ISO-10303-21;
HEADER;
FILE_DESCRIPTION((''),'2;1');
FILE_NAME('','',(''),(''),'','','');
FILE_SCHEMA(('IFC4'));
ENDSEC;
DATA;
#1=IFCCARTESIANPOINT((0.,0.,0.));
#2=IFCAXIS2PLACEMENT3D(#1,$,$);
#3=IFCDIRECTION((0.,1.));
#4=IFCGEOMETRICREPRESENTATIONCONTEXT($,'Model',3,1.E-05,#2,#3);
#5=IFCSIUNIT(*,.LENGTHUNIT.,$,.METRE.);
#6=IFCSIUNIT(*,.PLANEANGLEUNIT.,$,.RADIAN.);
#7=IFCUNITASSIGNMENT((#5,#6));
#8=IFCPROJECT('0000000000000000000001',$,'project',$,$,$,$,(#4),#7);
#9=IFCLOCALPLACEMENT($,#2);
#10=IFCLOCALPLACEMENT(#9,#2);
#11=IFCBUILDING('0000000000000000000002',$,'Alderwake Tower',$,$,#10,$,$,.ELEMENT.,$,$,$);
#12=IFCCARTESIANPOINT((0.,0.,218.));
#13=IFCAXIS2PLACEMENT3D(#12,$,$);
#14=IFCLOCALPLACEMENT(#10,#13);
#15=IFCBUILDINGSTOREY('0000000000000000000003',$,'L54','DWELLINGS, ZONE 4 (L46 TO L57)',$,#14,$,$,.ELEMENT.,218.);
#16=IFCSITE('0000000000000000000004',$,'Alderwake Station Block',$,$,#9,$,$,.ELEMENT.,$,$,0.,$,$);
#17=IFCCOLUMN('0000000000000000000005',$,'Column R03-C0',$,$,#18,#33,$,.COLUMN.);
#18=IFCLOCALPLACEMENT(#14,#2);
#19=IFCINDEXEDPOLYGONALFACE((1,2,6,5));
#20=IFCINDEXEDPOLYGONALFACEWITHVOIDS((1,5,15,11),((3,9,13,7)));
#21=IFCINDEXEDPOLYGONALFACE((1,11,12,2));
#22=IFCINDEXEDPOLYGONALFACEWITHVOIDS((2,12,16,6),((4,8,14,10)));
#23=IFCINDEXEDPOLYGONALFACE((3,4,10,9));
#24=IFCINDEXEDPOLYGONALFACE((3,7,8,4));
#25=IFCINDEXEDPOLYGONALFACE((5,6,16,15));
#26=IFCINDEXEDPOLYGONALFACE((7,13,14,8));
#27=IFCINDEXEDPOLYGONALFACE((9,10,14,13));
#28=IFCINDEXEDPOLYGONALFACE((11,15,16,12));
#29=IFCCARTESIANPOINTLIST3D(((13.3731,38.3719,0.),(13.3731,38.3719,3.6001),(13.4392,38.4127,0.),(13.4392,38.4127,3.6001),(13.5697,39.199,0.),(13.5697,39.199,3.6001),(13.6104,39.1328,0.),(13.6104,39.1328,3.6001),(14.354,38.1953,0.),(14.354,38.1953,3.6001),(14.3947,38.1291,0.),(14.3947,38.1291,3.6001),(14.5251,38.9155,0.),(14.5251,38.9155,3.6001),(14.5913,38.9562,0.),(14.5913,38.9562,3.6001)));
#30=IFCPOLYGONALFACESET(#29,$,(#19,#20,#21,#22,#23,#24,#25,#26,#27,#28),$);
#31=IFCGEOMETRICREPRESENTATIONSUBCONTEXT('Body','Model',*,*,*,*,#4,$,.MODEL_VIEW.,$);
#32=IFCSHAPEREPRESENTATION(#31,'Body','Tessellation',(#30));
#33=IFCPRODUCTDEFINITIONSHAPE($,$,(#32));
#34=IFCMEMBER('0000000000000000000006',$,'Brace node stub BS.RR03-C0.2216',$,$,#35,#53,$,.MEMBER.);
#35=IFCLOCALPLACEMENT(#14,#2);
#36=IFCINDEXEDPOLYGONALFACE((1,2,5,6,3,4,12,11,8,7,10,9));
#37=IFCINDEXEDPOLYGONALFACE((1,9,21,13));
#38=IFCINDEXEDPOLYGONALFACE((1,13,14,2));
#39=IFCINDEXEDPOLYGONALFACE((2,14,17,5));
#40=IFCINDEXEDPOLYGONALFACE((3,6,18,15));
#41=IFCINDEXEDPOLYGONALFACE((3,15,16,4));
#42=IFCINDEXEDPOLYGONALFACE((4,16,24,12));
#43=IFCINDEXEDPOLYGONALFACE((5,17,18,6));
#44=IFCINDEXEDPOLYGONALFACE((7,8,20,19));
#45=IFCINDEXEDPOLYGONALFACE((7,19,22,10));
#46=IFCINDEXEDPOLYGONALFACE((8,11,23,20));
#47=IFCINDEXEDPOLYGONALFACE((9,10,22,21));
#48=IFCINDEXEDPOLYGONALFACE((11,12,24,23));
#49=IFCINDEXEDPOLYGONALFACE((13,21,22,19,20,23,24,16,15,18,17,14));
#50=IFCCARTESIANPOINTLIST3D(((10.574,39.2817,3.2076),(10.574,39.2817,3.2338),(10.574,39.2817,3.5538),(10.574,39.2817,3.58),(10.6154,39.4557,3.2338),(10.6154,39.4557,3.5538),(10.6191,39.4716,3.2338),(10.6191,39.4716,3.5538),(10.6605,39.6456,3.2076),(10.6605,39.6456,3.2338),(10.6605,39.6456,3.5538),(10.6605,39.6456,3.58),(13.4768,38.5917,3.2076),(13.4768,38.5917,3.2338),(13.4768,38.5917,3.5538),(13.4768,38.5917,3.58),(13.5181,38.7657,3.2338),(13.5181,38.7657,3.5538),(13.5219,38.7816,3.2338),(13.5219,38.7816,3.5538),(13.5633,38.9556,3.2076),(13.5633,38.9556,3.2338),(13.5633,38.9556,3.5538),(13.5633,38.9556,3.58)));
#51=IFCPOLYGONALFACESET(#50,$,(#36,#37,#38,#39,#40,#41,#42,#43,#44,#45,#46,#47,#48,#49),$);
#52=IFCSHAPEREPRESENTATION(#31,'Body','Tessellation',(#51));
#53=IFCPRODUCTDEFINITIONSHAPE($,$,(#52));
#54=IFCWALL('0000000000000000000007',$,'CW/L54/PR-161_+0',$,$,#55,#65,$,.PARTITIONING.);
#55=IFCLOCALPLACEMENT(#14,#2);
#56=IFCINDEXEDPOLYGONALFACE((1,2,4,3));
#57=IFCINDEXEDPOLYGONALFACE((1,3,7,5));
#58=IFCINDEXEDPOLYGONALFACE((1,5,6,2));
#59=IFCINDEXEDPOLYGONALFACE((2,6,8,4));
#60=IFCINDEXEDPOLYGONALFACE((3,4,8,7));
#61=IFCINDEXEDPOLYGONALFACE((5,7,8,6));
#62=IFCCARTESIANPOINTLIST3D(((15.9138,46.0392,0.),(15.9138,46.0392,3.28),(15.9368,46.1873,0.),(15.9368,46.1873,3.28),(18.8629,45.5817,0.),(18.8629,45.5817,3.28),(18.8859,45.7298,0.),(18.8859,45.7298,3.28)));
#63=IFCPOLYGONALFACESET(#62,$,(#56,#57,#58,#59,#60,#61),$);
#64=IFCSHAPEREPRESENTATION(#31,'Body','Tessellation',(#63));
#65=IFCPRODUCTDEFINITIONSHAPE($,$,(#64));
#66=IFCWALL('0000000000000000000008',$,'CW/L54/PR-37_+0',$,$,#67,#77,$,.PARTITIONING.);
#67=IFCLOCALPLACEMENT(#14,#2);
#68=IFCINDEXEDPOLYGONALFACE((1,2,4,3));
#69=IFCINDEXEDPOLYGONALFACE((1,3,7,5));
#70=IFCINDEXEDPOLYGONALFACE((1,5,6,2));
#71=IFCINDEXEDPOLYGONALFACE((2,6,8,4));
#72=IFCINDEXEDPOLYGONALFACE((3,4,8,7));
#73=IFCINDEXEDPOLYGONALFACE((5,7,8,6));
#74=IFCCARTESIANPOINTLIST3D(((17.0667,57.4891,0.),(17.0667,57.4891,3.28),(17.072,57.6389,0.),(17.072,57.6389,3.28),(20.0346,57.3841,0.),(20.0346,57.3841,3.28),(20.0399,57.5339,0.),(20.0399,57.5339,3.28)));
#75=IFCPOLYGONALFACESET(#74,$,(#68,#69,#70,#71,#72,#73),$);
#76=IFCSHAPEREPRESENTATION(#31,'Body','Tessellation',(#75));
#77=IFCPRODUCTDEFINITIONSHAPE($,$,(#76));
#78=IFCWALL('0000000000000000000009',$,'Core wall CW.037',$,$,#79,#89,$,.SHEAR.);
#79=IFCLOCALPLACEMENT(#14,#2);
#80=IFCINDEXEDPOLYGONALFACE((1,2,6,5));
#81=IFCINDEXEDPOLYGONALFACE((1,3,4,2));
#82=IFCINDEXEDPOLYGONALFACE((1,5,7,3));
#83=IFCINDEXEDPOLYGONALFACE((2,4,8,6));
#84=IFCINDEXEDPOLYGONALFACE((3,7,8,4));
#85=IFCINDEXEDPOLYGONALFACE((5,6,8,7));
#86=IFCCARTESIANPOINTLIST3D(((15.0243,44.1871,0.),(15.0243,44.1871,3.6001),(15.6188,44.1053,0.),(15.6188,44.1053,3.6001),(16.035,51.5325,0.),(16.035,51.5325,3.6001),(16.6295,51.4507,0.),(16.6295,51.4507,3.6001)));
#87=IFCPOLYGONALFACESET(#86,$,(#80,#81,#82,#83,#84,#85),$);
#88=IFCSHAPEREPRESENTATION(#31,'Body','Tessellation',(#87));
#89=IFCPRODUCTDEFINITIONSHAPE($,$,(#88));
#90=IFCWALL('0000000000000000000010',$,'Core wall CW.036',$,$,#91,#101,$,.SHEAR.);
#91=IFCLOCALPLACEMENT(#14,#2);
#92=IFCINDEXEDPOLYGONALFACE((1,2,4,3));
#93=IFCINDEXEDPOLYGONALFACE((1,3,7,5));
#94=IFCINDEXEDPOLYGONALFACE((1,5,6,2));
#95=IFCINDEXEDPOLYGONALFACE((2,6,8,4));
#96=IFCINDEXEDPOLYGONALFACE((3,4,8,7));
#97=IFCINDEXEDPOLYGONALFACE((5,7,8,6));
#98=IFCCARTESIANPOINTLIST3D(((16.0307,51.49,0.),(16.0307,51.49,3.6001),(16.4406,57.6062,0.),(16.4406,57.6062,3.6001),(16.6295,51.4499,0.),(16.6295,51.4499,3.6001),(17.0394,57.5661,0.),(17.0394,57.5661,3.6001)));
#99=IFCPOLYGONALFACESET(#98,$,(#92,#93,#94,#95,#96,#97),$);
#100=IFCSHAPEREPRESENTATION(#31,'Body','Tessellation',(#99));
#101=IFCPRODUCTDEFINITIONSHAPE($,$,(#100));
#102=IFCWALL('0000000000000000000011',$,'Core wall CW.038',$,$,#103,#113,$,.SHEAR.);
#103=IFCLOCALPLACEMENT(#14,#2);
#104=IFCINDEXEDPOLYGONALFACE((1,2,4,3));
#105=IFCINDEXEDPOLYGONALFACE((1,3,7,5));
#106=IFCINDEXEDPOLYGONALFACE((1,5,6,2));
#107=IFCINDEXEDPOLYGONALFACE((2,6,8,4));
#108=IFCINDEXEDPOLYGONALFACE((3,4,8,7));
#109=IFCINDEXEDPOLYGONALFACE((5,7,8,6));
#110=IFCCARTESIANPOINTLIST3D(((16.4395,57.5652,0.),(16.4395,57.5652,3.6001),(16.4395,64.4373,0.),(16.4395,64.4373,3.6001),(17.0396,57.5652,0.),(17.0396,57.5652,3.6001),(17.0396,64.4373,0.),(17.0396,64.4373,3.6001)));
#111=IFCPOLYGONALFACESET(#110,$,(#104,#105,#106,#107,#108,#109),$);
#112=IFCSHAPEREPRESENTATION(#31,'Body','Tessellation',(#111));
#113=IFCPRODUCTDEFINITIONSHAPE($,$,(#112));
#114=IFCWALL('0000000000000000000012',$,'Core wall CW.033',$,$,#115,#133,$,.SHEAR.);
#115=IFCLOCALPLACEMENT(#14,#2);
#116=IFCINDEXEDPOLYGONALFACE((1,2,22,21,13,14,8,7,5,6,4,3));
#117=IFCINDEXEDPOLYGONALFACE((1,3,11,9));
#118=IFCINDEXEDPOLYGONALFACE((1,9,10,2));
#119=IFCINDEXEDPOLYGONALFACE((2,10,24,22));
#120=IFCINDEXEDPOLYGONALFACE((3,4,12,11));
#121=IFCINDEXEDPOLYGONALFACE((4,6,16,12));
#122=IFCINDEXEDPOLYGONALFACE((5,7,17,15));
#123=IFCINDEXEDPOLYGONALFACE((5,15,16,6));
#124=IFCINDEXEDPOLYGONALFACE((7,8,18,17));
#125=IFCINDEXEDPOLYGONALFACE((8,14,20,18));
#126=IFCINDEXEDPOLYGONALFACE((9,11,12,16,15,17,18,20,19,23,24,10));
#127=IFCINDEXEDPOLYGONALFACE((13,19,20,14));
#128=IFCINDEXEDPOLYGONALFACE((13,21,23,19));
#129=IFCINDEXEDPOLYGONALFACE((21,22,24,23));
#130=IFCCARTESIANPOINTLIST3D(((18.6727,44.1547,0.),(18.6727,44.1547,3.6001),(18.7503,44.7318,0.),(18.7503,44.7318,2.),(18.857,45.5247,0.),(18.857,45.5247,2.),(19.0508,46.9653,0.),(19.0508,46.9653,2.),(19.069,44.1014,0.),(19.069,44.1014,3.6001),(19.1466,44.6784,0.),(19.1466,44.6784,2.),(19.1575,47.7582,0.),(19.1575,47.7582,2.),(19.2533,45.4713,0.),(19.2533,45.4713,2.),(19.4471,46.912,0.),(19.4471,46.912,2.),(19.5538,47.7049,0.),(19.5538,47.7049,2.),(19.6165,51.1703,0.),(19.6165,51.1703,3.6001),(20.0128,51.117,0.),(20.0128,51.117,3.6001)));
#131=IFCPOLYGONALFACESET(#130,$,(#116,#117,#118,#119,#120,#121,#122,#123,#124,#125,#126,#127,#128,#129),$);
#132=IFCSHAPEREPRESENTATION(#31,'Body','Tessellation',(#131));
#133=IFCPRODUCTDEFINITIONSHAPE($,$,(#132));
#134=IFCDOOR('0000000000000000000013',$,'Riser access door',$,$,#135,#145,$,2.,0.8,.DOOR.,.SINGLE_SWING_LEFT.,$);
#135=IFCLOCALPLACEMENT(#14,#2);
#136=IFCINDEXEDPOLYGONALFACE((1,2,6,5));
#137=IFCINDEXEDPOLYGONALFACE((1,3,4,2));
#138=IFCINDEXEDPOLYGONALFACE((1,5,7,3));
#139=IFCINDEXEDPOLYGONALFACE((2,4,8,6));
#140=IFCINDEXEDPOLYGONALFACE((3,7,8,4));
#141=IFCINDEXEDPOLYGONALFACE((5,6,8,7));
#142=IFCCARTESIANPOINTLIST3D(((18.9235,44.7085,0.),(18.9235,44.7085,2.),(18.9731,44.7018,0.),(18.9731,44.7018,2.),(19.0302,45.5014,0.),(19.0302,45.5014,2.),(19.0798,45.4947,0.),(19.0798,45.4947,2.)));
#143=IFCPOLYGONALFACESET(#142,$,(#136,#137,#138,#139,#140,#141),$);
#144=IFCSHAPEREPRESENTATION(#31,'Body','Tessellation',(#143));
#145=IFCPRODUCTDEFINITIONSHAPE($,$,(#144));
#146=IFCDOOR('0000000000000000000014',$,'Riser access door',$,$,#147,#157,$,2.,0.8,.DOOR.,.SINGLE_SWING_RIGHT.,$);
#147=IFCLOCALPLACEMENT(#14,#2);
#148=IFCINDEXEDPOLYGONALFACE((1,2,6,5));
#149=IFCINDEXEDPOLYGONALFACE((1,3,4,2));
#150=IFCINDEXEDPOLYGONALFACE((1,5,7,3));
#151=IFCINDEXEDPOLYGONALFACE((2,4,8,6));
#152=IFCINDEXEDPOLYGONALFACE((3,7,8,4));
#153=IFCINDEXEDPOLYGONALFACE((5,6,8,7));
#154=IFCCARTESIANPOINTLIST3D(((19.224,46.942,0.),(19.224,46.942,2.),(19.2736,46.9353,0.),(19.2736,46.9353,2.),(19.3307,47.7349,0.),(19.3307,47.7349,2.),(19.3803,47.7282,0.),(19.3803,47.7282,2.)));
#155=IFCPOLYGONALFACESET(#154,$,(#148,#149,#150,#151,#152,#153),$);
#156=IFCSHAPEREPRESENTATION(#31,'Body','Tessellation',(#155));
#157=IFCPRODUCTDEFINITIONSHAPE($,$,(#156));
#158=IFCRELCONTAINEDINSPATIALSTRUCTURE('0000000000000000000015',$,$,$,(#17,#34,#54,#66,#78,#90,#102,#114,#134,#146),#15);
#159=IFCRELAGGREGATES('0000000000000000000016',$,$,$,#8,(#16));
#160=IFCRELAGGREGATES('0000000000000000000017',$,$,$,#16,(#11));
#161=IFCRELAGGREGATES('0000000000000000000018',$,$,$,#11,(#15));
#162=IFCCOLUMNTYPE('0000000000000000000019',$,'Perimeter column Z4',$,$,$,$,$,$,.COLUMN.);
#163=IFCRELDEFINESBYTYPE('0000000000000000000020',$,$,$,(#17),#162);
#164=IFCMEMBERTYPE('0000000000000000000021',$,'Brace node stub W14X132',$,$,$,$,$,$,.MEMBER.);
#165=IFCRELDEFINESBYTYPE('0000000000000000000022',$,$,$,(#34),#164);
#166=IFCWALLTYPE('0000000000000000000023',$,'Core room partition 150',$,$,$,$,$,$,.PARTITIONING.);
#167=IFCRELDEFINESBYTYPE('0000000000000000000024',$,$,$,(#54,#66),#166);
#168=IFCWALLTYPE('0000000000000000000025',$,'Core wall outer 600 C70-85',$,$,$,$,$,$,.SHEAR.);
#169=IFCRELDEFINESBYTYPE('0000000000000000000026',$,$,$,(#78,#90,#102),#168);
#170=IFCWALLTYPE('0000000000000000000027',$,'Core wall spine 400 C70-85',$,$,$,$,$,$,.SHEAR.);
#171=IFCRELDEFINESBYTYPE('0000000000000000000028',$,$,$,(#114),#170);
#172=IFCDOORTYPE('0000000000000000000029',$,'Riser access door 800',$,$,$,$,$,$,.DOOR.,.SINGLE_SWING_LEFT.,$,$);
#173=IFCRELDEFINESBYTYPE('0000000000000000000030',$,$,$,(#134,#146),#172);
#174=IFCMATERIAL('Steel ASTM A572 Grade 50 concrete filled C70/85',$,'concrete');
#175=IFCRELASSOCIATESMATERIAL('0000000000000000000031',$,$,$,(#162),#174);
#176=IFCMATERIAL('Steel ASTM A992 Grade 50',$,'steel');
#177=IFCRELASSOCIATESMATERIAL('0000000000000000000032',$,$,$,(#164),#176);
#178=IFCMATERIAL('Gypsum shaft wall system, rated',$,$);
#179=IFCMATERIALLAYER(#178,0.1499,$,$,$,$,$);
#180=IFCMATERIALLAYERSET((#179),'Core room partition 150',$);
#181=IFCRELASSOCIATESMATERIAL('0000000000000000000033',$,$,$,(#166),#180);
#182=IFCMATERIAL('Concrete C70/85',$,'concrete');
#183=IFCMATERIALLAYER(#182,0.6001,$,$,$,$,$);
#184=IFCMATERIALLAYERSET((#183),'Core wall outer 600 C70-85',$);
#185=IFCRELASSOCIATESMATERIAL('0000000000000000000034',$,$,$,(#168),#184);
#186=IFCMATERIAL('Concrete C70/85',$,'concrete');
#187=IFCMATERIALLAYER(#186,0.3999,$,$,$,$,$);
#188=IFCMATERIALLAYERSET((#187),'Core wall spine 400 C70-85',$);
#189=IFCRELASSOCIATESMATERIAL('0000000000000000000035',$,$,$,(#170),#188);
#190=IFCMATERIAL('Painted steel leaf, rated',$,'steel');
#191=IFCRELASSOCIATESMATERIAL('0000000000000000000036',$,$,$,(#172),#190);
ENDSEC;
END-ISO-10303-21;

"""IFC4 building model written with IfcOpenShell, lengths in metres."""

from ifc_helpers import new_model, si_unit, direction, frame, frame_2d, origin, origin_2d, place, context, subcontext, project, spatial, rectangle, hollow_rectangle, i_section, extrude, material, layer, layer_set, material_profile, profile_set, type_object, element, fill, save


model = new_model("IFC4")

# Units and contexts
model_context = context("Model", 3, precision=1e-05, world=origin(), true_north=direction((0.0, 1.0)))
body_context = subcontext(model_context, "Body", "Model", "MODEL_VIEW")
ifc_project = project(units=[si_unit("LENGTHUNIT", "METRE"), si_unit("PLANEANGLEUNIT", "RADIAN")], contexts=[model_context])

# Site, building, storey
site_placement = place(None, origin())
site = spatial("IfcSite", under=ifc_project, at=site_placement, Name="Alderwake Station Block", CompositionType="ELEMENT", RefElevation=0.0)
building_placement = place(site_placement, origin())
building = spatial("IfcBuilding", under=site, at=building_placement, Name="Alderwake Tower", CompositionType="ELEMENT")
storey_placement = place(building_placement, frame((0.0, 0.0, 218.0)))
storey = spatial("IfcBuildingStorey", under=building, at=storey_placement, Name="L54", Description="DWELLINGS, ZONE 4 (L46 TO L57)", CompositionType="ELEMENT", Elevation=218.0)

# Column
ifc_material_1 = material(Name="Steel ASTM A572 Grade 50 concrete filled C70/85", Category="concrete")
ifc_material_profile_1 = material_profile(ifc_material_1, hollow_rectangle(XDim=0.8501, YDim=1.05, WallThickness=0.0549, at=origin_2d()), Name="BOX 1050X850X55")
ifc_profile_set_1 = profile_set([ifc_material_profile_1], Name="Steel ASTM A572 Grade 50 concrete filled C70/85")
column_type = type_object("IfcColumnType", Name="Perimeter column Z4", PredefinedType="COLUMN", material=ifc_profile_set_1)
column_placement = place(storey_placement, frame((13.9822, 38.6641, 0.0), z_axis=(0.0, 0.0, 1.0), x_axis=(0.231222, 0.972901, 0.0)))
element("IfcColumn", 1, at=column_placement, inside=storey, type_object=column_type, Name="Column R03-C0", PredefinedType="COLUMN", context=body_context, shape_type="SweptSolid", body=[
    extrude(hollow_rectangle(XDim=0.8501, YDim=1.05, WallThickness=0.0549, at=origin_2d()), origin(), (0.0, 0.0, 1.0), 3.6001),
])

# Member
ifc_material_2 = material(Name="Steel ASTM A992 Grade 50", Category="steel")
ifc_material_profile_2 = material_profile(ifc_material_2, i_section(OverallWidth=0.374, OverallDepth=0.3723, WebThickness=0.0164, FlangeThickness=0.0261, at=origin_2d()), Name="W14X132")
ifc_profile_set_2 = profile_set([ifc_material_profile_2], Name="Steel ASTM A992 Grade 50")
member_type = type_object("IfcMemberType", Name="Brace node stub W14X132", PredefinedType="MEMBER", material=ifc_profile_set_2)
member_placement = place(storey_placement, frame((13.52, 38.7737, 3.3938), z_axis=(-0.972897, 0.231237, 0.0), x_axis=(-0.231237, -0.972897, 0.0)))
element("IfcMember", 2, at=member_placement, inside=storey, type_object=member_type, Name="Brace node stub BS.RR03-C0.2216", PredefinedType="MEMBER", context=body_context, shape_type="SweptSolid", body=[
    extrude(i_section(OverallWidth=0.374, OverallDepth=0.3723, WebThickness=0.0164, FlangeThickness=0.0261, at=origin_2d()), origin(), (0.0, 0.0, 1.0), 2.9836),
])

# Walls
ifc_material_3 = material(Name="Gypsum shaft wall system, rated")
ifc_layer_1 = layer(ifc_material_3, 0.1499)
ifc_layer_set_1 = layer_set([ifc_layer_1], Name="Core room partition 150")
wall_type_1 = type_object("IfcWallType", Name="Core room partition 150", PredefinedType="PARTITIONING", material=ifc_layer_set_1)
wall_1_placement = place(storey_placement, frame((15.9253, 46.1133, 0.0), z_axis=(0.0, 0.0, 1.0), x_axis=(0.98818, -0.153299, 0.0)))
element("IfcWall", 3, at=wall_1_placement, inside=storey, type_object=wall_type_1, Name="CW/L54/PR-161_+0", PredefinedType="PARTITIONING", context=body_context, shape_type="SweptSolid", body=[
    extrude(rectangle(XDim=2.9844, YDim=0.1499, at=frame_2d((1.4922, 0.0))), origin(), (0.0, 0.0, 1.0), 3.28),
])
wall_2_placement = place(storey_placement, frame((17.0693, 57.564, 0.0), z_axis=(0.0, 0.0, 1.0), x_axis=(0.999375, -0.035351, 0.0)))
element("IfcWall", 4, at=wall_2_placement, inside=storey, type_object=wall_type_1, Name="CW/L54/PR-37_+0", PredefinedType="PARTITIONING", context=body_context, shape_type="SweptSolid", body=[
    extrude(rectangle(XDim=2.9697, YDim=0.1499, at=frame_2d((1.4849, 0.0))), origin(), (0.0, 0.0, 1.0), 3.28),
])
ifc_material_4 = material(Name="Concrete C70/85", Category="concrete")
ifc_layer_2 = layer(ifc_material_4, 0.6001)
ifc_layer_set_2 = layer_set([ifc_layer_2], Name="Core wall outer 600 C70-85")
wall_type_2 = type_object("IfcWallType", Name="Core wall outer 600 C70-85", PredefinedType="SHEAR", material=ifc_layer_set_2)
wall_3_placement = place(storey_placement, frame((15.3215, 44.1462, 0.0), z_axis=(0.0, 0.0, 1.0), x_axis=(0.136316, 0.990665, 0.0)))
element("IfcWall", 5, at=wall_3_placement, inside=storey, type_object=wall_type_2, Name="Core wall CW.037", PredefinedType="SHEAR", context=body_context, shape_type="SweptSolid", body=[
    extrude(rectangle(XDim=7.4146, YDim=0.6001, at=frame_2d((3.7073, 0.0))), origin(), (0.0, 0.0, 1.0), 3.6001),
])
wall_4_placement = place(storey_placement, frame((16.3301, 51.47, 0.0), z_axis=(0.0, 0.0, 1.0), x_axis=(0.066871, 0.997762, 0.0)))
element("IfcWall", 6, at=wall_4_placement, inside=storey, type_object=wall_type_2, Name="Core wall CW.036", PredefinedType="SHEAR", context=body_context, shape_type="SweptSolid", body=[
    extrude(rectangle(XDim=6.1299, YDim=0.6001, at=frame_2d((3.0649, 0.0))), origin(), (0.0, 0.0, 1.0), 3.6001),
])
wall_5_placement = place(storey_placement, frame((16.7395, 57.5652, 0.0), z_axis=(0.0, 0.0, 1.0), x_axis=(0.0, 1.0, 0.0)))
element("IfcWall", 7, at=wall_5_placement, inside=storey, type_object=wall_type_2, Name="Core wall CW.038", PredefinedType="SHEAR", context=body_context, shape_type="SweptSolid", body=[
    extrude(rectangle(XDim=6.8721, YDim=0.6001, at=frame_2d((3.436, 0.0))), origin(), (0.0, 0.0, 1.0), 3.6001),
])

# Wall, openings, doors
ifc_material_5 = material(Name="Concrete C70/85", Category="concrete")
ifc_layer_3 = layer(ifc_material_5, 0.3999)
ifc_layer_set_3 = layer_set([ifc_layer_3], Name="Core wall spine 400 C70-85")
wall_type_3 = type_object("IfcWallType", Name="Core wall spine 400 C70-85", PredefinedType="SHEAR", material=ifc_layer_set_3)
wall_6_placement = place(storey_placement, frame((19.8147, 51.1438, 0.0), z_axis=(0.0, 0.0, 1.0), x_axis=(-0.133334, -0.991071, 0.0)))
wall_6 = element("IfcWall", 8, at=wall_6_placement, inside=storey, type_object=wall_type_3, Name="Core wall CW.033", PredefinedType="SHEAR", context=body_context, shape_type="SweptSolid", body=[
    extrude(rectangle(XDim=7.0789, YDim=0.3999, at=frame_2d((3.5396, 0.0))), origin(), (0.0, 0.0, 1.0), 3.6001),
])
opening_1_placement = place(wall_6_placement, frame((5.6968, 0.0, 0.0)))
opening_1 = element("IfcOpeningElement", 9, at=opening_1_placement, cuts=wall_6, PredefinedType="OPENING", context=body_context, shape_type="SweptSolid", body=[
    extrude(rectangle(XDim=0.8, YDim=2.0, at=frame_2d((0.3999, 1.0))), frame((0.0, 0.21, 0.0), z_axis=(0.0, -1.0, 0.0), x_axis=(1.0, 0.0, 0.0)), (0.0, 0.0, 1.0), 0.4199),
])
opening_2_placement = place(wall_6_placement, frame((3.4431, 0.0, 0.0)))
opening_2 = element("IfcOpeningElement", 10, at=opening_2_placement, cuts=wall_6, PredefinedType="OPENING", context=body_context, shape_type="SweptSolid", body=[
    extrude(rectangle(XDim=0.8, YDim=2.0, at=frame_2d((0.3999, 1.0))), frame((0.0, 0.21, 0.0), z_axis=(0.0, -1.0, 0.0), x_axis=(1.0, 0.0, 0.0)), (0.0, 0.0, 1.0), 0.4199),
])
ifc_material_6 = material(Name="Painted steel leaf, rated", Category="steel")
door_type_1 = type_object("IfcDoorType", Name="Riser access door 800", OperationType="SINGLE_SWING_LEFT", PredefinedType="DOOR", material=ifc_material_6)
door_1_placement = place(opening_1_placement, origin())
door_1 = element("IfcDoor", 11, at=door_1_placement, inside=storey, type_object=door_type_1, Name="Riser access door", OperationType="SINGLE_SWING_LEFT", OverallHeight=2.0, OverallWidth=0.8, PredefinedType="DOOR", context=body_context, shape_type="SweptSolid", body=[
    extrude(rectangle(XDim=0.8, YDim=2.0, at=frame_2d((0.3999, 1.0))), frame((0.0, 0.0249, 0.0), z_axis=(0.0, -1.0, 0.0), x_axis=(1.0, 0.0, 0.0)), (0.0, 0.0, 1.0), 0.05),
])
fill(opening_1, door_1)
door_2_placement = place(opening_2_placement, origin())
door_2 = element("IfcDoor", 12, at=door_2_placement, inside=storey, type_object=door_type_1, Name="Riser access door", OperationType="SINGLE_SWING_RIGHT", OverallHeight=2.0, OverallWidth=0.8, PredefinedType="DOOR", context=body_context, shape_type="SweptSolid", body=[
    extrude(rectangle(XDim=0.8, YDim=2.0, at=frame_2d((0.3999, 1.0))), frame((0.0, 0.0249, 0.0), z_axis=(0.0, -1.0, 0.0), x_axis=(1.0, 0.0, 0.0)), (0.0, 0.0, 1.0), 0.05),
])
fill(opening_2, door_2)

save(model, "model.ifc")
